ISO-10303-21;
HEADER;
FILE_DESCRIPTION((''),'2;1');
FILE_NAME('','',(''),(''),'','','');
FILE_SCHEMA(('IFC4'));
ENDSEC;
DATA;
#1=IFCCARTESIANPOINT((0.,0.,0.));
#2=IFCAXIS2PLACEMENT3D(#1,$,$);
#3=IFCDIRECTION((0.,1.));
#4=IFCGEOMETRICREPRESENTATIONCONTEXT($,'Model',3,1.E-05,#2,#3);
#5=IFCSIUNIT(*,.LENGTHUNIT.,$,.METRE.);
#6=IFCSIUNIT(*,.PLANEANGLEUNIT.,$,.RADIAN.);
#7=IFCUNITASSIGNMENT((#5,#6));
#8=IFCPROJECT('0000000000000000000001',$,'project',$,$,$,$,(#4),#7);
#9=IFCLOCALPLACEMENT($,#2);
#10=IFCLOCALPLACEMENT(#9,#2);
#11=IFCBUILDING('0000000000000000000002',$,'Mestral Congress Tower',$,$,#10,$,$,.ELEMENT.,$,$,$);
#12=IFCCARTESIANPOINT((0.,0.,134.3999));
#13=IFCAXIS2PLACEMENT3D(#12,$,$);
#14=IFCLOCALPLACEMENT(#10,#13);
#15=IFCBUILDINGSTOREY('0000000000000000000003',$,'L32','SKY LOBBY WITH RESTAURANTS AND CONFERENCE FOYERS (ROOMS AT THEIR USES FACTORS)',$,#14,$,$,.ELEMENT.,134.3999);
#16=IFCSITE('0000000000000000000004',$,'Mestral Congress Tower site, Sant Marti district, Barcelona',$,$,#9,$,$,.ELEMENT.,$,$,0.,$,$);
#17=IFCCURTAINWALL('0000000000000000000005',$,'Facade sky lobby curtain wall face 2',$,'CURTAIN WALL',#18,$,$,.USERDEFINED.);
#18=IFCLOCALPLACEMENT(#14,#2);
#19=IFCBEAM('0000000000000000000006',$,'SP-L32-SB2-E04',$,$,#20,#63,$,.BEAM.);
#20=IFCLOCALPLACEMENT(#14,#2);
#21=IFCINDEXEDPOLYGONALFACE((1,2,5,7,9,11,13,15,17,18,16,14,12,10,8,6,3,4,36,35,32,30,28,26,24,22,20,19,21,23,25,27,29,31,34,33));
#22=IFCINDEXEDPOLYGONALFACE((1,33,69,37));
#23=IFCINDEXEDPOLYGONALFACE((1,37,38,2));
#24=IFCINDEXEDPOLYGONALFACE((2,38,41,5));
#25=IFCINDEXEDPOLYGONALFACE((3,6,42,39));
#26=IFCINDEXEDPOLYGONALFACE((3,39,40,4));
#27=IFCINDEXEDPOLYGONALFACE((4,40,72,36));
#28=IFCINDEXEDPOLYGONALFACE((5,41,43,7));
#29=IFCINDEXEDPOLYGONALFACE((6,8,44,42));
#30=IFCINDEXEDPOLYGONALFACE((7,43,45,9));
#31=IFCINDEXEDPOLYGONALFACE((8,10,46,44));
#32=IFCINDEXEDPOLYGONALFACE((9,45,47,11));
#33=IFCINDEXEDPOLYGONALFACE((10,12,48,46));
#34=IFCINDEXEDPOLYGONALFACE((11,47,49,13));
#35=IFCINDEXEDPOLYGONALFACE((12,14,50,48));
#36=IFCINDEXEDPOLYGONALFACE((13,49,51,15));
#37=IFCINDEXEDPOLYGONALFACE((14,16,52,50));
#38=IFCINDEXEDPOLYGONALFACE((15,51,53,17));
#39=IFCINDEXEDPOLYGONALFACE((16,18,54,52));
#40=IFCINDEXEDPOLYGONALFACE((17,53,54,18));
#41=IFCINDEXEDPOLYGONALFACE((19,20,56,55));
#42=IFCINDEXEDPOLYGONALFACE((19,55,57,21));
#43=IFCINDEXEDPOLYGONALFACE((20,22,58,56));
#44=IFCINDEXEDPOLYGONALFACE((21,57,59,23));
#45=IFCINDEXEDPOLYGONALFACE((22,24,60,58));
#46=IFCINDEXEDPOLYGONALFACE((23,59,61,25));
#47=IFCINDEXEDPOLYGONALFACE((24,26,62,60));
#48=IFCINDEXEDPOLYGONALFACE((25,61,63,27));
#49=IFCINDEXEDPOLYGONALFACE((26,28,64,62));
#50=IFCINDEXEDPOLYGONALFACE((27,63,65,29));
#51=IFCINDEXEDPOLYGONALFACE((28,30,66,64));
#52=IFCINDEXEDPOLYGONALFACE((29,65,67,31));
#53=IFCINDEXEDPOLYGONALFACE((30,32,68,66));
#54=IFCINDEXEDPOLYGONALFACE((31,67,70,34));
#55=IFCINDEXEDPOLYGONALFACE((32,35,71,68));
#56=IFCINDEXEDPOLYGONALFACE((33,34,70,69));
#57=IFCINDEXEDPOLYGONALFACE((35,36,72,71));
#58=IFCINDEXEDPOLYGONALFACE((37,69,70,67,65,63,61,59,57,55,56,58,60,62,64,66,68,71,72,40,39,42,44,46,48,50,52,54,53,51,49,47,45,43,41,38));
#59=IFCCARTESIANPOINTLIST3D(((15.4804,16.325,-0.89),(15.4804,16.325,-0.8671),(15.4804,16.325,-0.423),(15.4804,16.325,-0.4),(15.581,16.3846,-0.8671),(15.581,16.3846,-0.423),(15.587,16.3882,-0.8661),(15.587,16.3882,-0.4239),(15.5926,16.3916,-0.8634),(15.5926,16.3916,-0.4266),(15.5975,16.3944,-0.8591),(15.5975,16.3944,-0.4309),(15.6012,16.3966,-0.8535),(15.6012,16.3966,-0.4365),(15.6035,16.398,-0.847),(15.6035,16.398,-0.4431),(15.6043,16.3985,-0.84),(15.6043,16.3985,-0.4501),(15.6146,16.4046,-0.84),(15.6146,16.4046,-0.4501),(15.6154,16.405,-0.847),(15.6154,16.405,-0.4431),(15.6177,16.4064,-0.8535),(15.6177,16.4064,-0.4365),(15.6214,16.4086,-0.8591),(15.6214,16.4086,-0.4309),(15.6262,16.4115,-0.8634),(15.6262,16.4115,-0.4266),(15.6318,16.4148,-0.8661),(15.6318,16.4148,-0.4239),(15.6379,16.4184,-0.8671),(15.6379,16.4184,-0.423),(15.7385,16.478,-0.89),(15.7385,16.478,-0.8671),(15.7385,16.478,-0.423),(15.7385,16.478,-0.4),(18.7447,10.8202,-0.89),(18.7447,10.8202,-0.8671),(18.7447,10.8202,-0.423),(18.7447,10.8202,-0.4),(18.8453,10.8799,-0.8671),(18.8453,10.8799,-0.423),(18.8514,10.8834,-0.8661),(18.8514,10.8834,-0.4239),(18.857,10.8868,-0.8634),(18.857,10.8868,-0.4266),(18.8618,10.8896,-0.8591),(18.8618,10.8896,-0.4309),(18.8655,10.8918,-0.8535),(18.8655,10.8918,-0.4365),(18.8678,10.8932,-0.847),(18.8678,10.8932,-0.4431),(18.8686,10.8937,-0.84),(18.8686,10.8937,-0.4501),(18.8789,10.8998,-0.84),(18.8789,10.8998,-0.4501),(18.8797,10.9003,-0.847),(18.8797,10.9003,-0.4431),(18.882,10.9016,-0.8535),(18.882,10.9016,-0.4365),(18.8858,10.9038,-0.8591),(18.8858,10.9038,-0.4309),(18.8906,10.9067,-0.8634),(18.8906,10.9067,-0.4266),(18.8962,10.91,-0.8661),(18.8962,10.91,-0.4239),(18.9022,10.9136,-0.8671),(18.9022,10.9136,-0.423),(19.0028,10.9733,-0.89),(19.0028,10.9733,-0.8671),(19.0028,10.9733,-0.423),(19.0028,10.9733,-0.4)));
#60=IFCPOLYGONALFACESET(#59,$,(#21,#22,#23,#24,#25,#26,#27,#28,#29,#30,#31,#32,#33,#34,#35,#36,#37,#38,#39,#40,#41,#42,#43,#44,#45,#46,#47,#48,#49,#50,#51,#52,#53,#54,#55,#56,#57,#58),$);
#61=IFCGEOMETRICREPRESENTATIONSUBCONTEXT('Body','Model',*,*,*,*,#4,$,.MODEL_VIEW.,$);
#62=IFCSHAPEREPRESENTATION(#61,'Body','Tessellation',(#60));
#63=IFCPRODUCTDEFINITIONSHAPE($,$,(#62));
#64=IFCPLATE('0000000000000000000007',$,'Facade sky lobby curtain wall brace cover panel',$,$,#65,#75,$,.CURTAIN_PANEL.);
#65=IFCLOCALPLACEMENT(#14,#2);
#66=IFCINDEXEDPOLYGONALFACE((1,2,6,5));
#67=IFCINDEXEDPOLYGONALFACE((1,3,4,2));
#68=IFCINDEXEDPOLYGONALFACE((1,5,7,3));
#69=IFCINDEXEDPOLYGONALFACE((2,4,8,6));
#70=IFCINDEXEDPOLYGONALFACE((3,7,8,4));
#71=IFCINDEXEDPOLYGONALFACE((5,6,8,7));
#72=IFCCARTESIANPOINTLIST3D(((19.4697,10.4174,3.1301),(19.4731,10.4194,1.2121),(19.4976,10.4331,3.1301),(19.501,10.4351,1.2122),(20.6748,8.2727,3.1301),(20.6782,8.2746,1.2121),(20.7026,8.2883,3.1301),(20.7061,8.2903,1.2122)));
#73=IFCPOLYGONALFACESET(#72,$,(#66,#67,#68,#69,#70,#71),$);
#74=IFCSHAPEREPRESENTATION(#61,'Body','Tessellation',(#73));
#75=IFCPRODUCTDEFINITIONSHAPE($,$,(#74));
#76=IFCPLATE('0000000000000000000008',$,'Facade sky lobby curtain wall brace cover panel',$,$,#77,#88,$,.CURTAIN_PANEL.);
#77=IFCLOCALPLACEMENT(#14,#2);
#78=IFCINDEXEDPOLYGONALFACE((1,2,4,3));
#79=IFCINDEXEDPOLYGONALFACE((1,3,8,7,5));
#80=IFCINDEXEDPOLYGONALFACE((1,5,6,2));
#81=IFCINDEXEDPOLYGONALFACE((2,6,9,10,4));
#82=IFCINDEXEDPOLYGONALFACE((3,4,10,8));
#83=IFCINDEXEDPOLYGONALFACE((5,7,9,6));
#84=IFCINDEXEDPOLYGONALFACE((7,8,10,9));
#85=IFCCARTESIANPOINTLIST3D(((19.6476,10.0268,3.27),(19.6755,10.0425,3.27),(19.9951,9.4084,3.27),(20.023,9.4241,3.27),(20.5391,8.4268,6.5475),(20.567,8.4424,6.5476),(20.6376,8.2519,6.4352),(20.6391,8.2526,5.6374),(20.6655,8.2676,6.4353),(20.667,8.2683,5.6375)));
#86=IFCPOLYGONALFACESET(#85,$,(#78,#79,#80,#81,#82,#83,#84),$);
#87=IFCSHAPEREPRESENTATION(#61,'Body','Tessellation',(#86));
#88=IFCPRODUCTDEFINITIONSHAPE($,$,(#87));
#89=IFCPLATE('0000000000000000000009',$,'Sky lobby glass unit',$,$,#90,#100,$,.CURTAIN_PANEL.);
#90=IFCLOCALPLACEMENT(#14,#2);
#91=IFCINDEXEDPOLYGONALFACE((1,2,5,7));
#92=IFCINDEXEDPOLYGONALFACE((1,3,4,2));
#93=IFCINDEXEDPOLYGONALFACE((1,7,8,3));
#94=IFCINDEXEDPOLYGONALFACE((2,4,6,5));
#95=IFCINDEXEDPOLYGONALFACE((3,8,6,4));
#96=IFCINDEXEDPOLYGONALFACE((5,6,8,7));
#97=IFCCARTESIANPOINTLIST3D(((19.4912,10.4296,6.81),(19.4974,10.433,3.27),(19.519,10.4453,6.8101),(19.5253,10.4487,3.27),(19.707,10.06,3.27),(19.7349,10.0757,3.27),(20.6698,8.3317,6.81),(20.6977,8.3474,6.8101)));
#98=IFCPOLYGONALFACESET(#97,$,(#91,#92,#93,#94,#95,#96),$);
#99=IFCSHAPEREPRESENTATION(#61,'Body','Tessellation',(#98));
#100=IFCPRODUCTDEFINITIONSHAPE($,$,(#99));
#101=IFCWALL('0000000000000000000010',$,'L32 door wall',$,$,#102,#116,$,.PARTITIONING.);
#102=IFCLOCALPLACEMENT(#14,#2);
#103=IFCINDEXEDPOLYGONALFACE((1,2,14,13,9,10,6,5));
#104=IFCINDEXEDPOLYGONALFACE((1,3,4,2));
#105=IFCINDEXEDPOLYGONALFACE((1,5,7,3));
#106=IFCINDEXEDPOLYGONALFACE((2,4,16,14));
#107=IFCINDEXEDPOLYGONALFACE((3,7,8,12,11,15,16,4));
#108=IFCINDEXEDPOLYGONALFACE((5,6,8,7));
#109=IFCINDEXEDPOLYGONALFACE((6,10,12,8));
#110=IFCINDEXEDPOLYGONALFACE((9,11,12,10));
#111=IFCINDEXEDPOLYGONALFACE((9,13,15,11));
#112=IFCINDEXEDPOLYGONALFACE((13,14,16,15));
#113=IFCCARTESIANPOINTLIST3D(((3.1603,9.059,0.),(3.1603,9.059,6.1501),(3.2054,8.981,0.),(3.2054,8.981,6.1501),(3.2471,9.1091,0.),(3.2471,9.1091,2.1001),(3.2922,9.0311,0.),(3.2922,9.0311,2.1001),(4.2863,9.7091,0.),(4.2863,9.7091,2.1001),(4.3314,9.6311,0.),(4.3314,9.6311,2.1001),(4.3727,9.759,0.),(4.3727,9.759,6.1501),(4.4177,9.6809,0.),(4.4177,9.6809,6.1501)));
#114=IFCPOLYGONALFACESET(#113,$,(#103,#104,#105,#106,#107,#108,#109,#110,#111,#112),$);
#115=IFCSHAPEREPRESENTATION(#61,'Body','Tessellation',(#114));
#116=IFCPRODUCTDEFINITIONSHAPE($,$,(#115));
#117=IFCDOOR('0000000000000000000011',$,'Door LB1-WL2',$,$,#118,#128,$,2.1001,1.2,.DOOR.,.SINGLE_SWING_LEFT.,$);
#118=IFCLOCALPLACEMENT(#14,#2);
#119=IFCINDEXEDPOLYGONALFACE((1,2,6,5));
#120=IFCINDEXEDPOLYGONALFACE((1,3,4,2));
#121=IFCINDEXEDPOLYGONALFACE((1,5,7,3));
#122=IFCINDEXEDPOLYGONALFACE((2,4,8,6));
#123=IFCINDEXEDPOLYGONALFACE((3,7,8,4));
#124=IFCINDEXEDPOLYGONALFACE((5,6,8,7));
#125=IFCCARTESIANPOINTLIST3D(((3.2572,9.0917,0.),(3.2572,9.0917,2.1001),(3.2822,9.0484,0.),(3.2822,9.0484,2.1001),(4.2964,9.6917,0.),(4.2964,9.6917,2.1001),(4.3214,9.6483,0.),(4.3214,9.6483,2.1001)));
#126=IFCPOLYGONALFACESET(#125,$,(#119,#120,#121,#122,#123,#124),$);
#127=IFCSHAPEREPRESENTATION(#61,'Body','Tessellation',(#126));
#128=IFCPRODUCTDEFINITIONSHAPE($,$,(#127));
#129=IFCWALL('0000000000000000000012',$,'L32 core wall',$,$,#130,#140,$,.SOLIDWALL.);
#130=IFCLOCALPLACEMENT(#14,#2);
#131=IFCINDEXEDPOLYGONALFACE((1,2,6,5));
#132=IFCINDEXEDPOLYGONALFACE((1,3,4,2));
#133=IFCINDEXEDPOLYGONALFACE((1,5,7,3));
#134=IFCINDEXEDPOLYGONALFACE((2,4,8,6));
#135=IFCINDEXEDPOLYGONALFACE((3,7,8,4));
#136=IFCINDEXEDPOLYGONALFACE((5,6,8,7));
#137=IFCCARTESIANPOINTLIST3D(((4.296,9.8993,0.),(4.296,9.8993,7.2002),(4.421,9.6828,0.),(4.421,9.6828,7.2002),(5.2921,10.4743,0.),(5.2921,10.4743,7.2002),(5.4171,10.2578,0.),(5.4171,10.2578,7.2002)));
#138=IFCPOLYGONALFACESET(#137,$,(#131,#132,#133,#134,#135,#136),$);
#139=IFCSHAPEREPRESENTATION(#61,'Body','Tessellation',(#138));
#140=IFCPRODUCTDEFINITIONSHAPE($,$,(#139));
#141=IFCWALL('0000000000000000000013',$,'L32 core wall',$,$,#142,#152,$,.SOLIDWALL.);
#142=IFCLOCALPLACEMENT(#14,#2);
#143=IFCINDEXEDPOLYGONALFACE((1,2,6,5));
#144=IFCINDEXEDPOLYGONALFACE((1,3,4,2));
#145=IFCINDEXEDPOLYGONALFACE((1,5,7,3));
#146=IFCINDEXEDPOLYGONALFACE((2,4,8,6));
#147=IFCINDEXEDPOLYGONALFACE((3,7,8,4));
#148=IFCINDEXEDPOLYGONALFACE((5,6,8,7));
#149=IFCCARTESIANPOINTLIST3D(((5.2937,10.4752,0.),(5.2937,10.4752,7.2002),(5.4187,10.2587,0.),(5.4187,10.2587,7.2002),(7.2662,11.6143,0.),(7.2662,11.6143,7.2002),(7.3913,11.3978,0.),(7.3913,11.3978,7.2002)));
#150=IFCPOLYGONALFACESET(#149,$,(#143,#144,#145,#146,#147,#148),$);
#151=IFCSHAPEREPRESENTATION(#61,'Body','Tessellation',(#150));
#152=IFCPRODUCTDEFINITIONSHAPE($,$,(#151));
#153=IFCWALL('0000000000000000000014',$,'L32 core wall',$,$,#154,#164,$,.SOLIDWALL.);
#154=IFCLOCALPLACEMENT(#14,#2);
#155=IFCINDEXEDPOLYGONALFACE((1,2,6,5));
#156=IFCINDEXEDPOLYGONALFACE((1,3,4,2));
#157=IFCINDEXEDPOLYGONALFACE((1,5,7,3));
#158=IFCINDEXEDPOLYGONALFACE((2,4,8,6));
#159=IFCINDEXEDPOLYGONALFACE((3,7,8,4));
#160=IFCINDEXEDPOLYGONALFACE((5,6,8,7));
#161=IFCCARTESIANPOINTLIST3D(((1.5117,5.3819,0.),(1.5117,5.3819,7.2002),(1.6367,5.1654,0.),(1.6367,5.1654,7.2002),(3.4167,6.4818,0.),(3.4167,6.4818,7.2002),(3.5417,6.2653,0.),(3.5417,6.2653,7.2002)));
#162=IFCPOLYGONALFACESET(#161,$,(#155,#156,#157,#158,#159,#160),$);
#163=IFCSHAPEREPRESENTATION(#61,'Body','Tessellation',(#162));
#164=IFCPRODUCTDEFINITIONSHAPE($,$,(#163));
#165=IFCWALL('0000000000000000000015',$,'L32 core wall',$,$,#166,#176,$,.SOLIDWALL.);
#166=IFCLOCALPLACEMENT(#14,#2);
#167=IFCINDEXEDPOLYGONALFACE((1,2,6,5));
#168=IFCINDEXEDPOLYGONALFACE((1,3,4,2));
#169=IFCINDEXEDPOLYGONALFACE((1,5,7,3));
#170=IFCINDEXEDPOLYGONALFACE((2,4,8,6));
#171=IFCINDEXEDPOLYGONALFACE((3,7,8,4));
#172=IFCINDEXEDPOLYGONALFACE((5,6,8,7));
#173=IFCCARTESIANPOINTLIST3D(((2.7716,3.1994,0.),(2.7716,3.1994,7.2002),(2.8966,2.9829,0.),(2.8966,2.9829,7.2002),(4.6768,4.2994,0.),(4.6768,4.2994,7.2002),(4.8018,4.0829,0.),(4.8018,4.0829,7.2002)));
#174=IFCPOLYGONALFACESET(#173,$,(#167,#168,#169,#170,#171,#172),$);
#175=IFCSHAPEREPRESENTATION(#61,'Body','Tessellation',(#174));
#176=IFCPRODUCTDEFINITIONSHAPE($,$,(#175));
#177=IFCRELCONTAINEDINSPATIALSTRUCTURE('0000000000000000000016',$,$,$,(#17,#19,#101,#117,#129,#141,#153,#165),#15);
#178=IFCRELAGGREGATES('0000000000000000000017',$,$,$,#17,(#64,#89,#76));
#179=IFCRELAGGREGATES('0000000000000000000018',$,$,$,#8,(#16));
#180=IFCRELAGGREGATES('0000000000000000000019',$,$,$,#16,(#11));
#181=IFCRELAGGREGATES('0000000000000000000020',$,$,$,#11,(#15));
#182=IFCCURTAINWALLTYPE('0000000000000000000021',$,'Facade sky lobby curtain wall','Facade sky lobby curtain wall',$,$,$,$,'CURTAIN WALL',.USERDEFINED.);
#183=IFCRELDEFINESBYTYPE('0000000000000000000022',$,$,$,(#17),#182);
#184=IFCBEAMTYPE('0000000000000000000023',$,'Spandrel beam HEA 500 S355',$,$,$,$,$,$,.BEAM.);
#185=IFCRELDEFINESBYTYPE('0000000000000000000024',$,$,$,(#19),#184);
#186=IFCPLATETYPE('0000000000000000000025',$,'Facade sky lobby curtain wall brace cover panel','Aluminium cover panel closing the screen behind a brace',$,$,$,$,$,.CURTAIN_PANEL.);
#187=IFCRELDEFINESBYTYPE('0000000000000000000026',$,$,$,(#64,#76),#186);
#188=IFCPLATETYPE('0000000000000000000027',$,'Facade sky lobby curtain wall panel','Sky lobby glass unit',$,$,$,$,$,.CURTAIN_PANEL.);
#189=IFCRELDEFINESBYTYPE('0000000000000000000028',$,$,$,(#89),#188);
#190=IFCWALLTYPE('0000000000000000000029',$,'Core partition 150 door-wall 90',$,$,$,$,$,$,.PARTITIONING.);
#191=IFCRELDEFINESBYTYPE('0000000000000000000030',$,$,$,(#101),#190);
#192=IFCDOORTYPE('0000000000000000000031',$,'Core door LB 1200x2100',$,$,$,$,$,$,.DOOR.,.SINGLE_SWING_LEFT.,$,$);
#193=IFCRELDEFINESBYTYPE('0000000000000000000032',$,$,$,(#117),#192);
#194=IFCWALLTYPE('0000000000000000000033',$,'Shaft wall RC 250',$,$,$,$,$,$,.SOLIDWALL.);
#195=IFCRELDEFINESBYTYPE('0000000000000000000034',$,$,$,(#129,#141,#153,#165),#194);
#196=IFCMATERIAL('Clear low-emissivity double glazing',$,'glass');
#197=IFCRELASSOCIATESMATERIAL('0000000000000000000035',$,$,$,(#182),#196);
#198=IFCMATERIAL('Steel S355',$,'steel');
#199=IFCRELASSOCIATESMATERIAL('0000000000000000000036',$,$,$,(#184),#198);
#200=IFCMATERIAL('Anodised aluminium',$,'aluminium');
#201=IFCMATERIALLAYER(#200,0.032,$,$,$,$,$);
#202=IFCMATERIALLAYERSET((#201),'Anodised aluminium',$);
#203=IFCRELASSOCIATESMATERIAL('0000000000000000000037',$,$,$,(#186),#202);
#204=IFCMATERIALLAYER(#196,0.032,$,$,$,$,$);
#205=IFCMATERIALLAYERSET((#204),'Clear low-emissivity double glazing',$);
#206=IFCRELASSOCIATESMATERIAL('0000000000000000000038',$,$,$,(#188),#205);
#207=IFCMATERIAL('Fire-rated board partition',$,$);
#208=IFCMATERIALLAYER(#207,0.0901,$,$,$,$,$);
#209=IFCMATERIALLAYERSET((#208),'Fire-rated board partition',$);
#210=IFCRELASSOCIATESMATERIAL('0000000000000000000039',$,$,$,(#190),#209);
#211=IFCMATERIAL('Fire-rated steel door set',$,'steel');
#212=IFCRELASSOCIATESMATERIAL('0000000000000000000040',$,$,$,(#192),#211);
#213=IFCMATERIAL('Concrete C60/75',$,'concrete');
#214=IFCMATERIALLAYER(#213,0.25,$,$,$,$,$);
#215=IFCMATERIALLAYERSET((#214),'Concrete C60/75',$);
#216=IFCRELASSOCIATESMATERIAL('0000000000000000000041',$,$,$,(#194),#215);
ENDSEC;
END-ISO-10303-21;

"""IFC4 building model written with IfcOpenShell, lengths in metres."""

from ifc_helpers import new_model, si_unit, direction, frame, frame_2d, origin, origin_2d, place, context, subcontext, project, spatial, polyline, rectangle, i_section, outline, extrude, material, layer, layer_set, material_profile, profile_set, type_object, element, fill, aggregate, save


model = new_model("IFC4")

# Units and contexts
model_context = context("Model", 3, precision=1e-05, world=origin(), true_north=direction((0.0, 1.0)))
body_context = subcontext(model_context, "Body", "Model", "MODEL_VIEW")
ifc_project = project(units=[si_unit("LENGTHUNIT", "METRE"), si_unit("PLANEANGLEUNIT", "RADIAN")], contexts=[model_context])

# Site, building, storey
site_placement = place(None, origin())
site = spatial("IfcSite", under=ifc_project, at=site_placement, Name="Mestral Congress Tower site, Sant Marti district, Barcelona", CompositionType="ELEMENT", RefElevation=0.0)
building_placement = place(site_placement, origin())
building = spatial("IfcBuilding", under=site, at=building_placement, Name="Mestral Congress Tower", CompositionType="ELEMENT")
storey_placement = place(building_placement, frame((0.0, 0.0, 134.3999)))
storey = spatial("IfcBuildingStorey", under=building, at=storey_placement, Name="L32", Description="SKY LOBBY WITH RESTAURANTS AND CONFERENCE FOYERS (ROOMS AT THEIR USES FACTORS)", CompositionType="ELEMENT", Elevation=134.3999)

# Shared definitions
ifc_material_1 = material(Name="Steel S355", Category="steel")

# Curtain wall
ifc_material_2 = material(Name="Clear low-emissivity double glazing", Category="glass")
curtain_wall_type = type_object("IfcCurtainWallType", Name="Facade sky lobby curtain wall", Description="Facade sky lobby curtain wall", ElementType="CURTAIN WALL", PredefinedType="USERDEFINED", material=ifc_material_2)
curtain_wall_placement = place(storey_placement, origin())
curtain_wall = element("IfcCurtainWall", 1, at=curtain_wall_placement, inside=storey, type_object=curtain_wall_type, Name="Facade sky lobby curtain wall face 2", ObjectType="CURTAIN WALL", PredefinedType="USERDEFINED")
ifc_material_3 = material(Name="Anodised aluminium", Category="aluminium")

# Beam
ifc_material_profile_1 = material_profile(ifc_material_1, i_section(OverallWidth=0.3, OverallDepth=0.49, WebThickness=0.012, FlangeThickness=0.0229, FilletRadius=0.0271, at=origin_2d()), Name="HEA 500")
ifc_profile_set_1 = profile_set([ifc_material_profile_1], Name="Steel S355")
beam_type_1 = type_object("IfcBeamType", Name="Spandrel beam HEA 500 S355", PredefinedType="BEAM", material=ifc_profile_set_1)
beam_1_placement = place(storey_placement, frame((18.8738, 10.8967, -0.645), z_axis=(-0.510063, 0.860137, 0.0), x_axis=(-0.860137, -0.510063, 0.0)))
element("IfcBeam", 2, at=beam_1_placement, inside=storey, type_object=beam_type_1, Name="SP-L32-SB2-E04", PredefinedType="BEAM", context=body_context, shape_type="SweptSolid", body=[
    extrude(i_section(OverallWidth=0.3, OverallDepth=0.49, WebThickness=0.012, FlangeThickness=0.0229, FilletRadius=0.0271, at=origin_2d()), origin(), (0.0, 0.0, 1.0), 6.3999),
])

# Plates
ifc_layer_1 = layer(ifc_material_3, 0.032)
ifc_layer_set_1 = layer_set([ifc_layer_1], Name="Anodised aluminium")
plate_type_1 = type_object("IfcPlateType", Name="Facade sky lobby curtain wall brace cover panel", Description="Aluminium cover panel closing the screen behind a brace", PredefinedType="CURTAIN_PANEL", material=ifc_layer_set_1)
plate_1_placement = place(storey_placement, frame((19.4976, 10.4331, 3.1301), z_axis=(0.871809, 0.489841, 0.002052), x_axis=(0.001782, 0.001018, -0.999998)))
plate_1 = element("IfcPlate", 3, at=plate_1_placement, type_object=plate_type_1, Name="Facade sky lobby curtain wall brace cover panel", PredefinedType="CURTAIN_PANEL", context=body_context, shape_type="SweptSolid", body=[
    extrude(outline(polyline([(0.0, 0.0), (1.918, 0.0), (1.9179, -2.4601), (0.0, -2.4601), (0.0, 0.0)])), origin(), (0.0, 0.0, -1.0), 0.032),
])
plate_2_placement = place(storey_placement, frame((20.6655, 8.2676, 6.4353), z_axis=(0.871756, 0.489936, 0.00206), x_axis=(-0.428434, 0.760272, 0.488294)))
plate_2 = element("IfcPlate", 4, at=plate_2_placement, type_object=plate_type_1, Name="Facade sky lobby curtain wall brace cover panel", PredefinedType="CURTAIN_PANEL", context=body_context, shape_type="SweptSolid", body=[
    extrude(outline(polyline([(0.0, 0.0), (0.23, 0.0), (0.228, -3.7547), (-0.391, -3.4083), (-0.3897, -0.6962), (0.0, 0.0)])), origin(), (0.0, 0.0, -1.0), 0.032),
])
ifc_layer_2 = layer(ifc_material_2, 0.032)
ifc_layer_set_2 = layer_set([ifc_layer_2], Name="Clear low-emissivity double glazing")
plate_type_2 = type_object("IfcPlateType", Name="Facade sky lobby curtain wall panel", Description="Sky lobby glass unit", PredefinedType="CURTAIN_PANEL", material=ifc_layer_set_2)
plate_3_placement = place(storey_placement, frame((19.519, 10.4453, 6.8101), z_axis=(0.871834, 0.489798, 0.00201), x_axis=(0.00177, 0.000953, -0.999998)))
plate_3 = element("IfcPlate", 5, at=plate_3_placement, type_object=plate_type_2, Name="Sky lobby glass unit", PredefinedType="CURTAIN_PANEL", context=body_context, shape_type="SweptSolid", body=[
    extrude(outline(polyline([(0.0, 0.0), (3.54, 0.0), (3.5401, -0.4278), (0.0001, -2.4064), (0.0, 0.0)])), origin(), (0.0, 0.0, -1.0), 0.032),
])
aggregate(curtain_wall, [plate_1, plate_3, plate_2])

# Wall, opening, door
ifc_material_4 = material(Name="Fire-rated board partition")
ifc_layer_3 = layer(ifc_material_4, 0.0901)
ifc_layer_set_3 = layer_set([ifc_layer_3], Name="Fire-rated board partition")
wall_type_1 = type_object("IfcWallType", Name="Core partition 150 door-wall 90", PredefinedType="PARTITIONING", material=ifc_layer_set_3)
wall_1_placement = place(storey_placement, frame((3.1829, 9.02, 0.0), z_axis=(0.0, 0.0, 1.0), x_axis=(0.866035, 0.499984, 0.0)))
wall_1 = element("IfcWall", 6, at=wall_1_placement, inside=storey, type_object=wall_type_1, Name="L32 door wall", PredefinedType="PARTITIONING", context=body_context, shape_type="SweptSolid", body=[
    extrude(rectangle(XDim=1.3999, YDim=0.0901, at=frame_2d((0.7, 0.0))), origin(), (0.0, 0.0, 1.0), 6.1501),
])
opening_1_placement = place(wall_1_placement, frame((0.1001, 0.0, 0.0)))
opening_1 = element("IfcOpeningElement", 7, at=opening_1_placement, cuts=wall_1, PredefinedType="OPENING", context=body_context, shape_type="SweptSolid", body=[
    extrude(rectangle(XDim=1.2, YDim=2.1001, at=frame_2d((0.6001, 1.05))), frame((0.0, 0.0549, 0.0), z_axis=(0.0, -1.0, 0.0), x_axis=(1.0, 0.0, 0.0)), (0.0, 0.0, 1.0), 0.1101),
])
ifc_material_5 = material(Name="Fire-rated steel door set", Category="steel")
door_type_1 = type_object("IfcDoorType", Name="Core door LB 1200x2100", OperationType="SINGLE_SWING_LEFT", PredefinedType="DOOR", material=ifc_material_5)
door_1_placement = place(opening_1_placement, origin())
door_1 = element("IfcDoor", 8, at=door_1_placement, inside=storey, type_object=door_type_1, Name="Door LB1-WL2", OperationType="SINGLE_SWING_LEFT", OverallHeight=2.1001, OverallWidth=1.2, PredefinedType="DOOR", context=body_context, shape_type="SweptSolid", body=[
    extrude(rectangle(XDim=1.2, YDim=2.1001, at=frame_2d((0.6001, 1.05))), frame((0.0, 0.0249, 0.0), z_axis=(0.0, -1.0, 0.0), x_axis=(1.0, 0.0, 0.0)), (0.0, 0.0, 1.0), 0.05),
])
fill(opening_1, door_1)

# Walls
ifc_material_6 = material(Name="Concrete C60/75", Category="concrete")
ifc_layer_4 = layer(ifc_material_6, 0.25)
ifc_layer_set_4 = layer_set([ifc_layer_4], Name="Concrete C60/75")
wall_type_2 = type_object("IfcWallType", Name="Shaft wall RC 250", PredefinedType="SOLIDWALL", material=ifc_layer_set_4)
wall_2_placement = place(storey_placement, frame((4.3584, 9.791, 0.0), z_axis=(0.0, 0.0, 1.0), x_axis=(0.86608, 0.499906, 0.0)))
element("IfcWall", 9, at=wall_2_placement, inside=storey, type_object=wall_type_2, Name="L32 core wall", PredefinedType="SOLIDWALL", context=body_context, shape_type="SweptSolid", body=[
    extrude(rectangle(XDim=1.1501, YDim=0.25, at=frame_2d((0.5752, 0.0))), origin(), (0.0, 0.0, 1.0), 7.2002),
])
wall_3_placement = place(storey_placement, frame((5.3562, 10.3669, 0.0), z_axis=(0.0, 0.0, 1.0), x_axis=(0.865979, 0.500081, 0.0)))
element("IfcWall", 10, at=wall_3_placement, inside=storey, type_object=wall_type_2, Name="L32 core wall", PredefinedType="SOLIDWALL", context=body_context, shape_type="SweptSolid", body=[
    extrude(rectangle(XDim=2.2778, YDim=0.25, at=frame_2d((1.1389, 0.0))), origin(), (0.0, 0.0, 1.0), 7.2002),
])
wall_4_placement = place(storey_placement, frame((1.5742, 5.2737, 0.0), z_axis=(0.0, 0.0, 1.0), x_axis=(0.866028, 0.499995, 0.0)))
element("IfcWall", 11, at=wall_4_placement, inside=storey, type_object=wall_type_2, Name="L32 core wall", PredefinedType="SOLIDWALL", context=body_context, shape_type="SweptSolid", body=[
    extrude(rectangle(XDim=2.1997, YDim=0.25, at=frame_2d((1.0999, 0.0))), origin(), (0.0, 0.0, 1.0), 7.2002),
])
for number, where, z_axis, x_axis, name in (
    (12, (2.834, 3.0911, 0.0), (0.0, 0.0, 1.0), (0.866008, 0.50003, 0.0), "L32 core wall"),
):
    element("IfcWall", number, at=place(storey_placement, frame(where, z_axis=z_axis, x_axis=x_axis)), inside=storey, type_object=wall_type_2, Name=name, PredefinedType="SOLIDWALL", context=body_context, shape_type="SweptSolid", body=[
        extrude(rectangle(XDim=2.2, YDim=0.25, at=frame_2d((1.1001, 0.0))), origin(), (0.0, 0.0, 1.0), 7.2002),
    ])

save(model, "model.ifc")
